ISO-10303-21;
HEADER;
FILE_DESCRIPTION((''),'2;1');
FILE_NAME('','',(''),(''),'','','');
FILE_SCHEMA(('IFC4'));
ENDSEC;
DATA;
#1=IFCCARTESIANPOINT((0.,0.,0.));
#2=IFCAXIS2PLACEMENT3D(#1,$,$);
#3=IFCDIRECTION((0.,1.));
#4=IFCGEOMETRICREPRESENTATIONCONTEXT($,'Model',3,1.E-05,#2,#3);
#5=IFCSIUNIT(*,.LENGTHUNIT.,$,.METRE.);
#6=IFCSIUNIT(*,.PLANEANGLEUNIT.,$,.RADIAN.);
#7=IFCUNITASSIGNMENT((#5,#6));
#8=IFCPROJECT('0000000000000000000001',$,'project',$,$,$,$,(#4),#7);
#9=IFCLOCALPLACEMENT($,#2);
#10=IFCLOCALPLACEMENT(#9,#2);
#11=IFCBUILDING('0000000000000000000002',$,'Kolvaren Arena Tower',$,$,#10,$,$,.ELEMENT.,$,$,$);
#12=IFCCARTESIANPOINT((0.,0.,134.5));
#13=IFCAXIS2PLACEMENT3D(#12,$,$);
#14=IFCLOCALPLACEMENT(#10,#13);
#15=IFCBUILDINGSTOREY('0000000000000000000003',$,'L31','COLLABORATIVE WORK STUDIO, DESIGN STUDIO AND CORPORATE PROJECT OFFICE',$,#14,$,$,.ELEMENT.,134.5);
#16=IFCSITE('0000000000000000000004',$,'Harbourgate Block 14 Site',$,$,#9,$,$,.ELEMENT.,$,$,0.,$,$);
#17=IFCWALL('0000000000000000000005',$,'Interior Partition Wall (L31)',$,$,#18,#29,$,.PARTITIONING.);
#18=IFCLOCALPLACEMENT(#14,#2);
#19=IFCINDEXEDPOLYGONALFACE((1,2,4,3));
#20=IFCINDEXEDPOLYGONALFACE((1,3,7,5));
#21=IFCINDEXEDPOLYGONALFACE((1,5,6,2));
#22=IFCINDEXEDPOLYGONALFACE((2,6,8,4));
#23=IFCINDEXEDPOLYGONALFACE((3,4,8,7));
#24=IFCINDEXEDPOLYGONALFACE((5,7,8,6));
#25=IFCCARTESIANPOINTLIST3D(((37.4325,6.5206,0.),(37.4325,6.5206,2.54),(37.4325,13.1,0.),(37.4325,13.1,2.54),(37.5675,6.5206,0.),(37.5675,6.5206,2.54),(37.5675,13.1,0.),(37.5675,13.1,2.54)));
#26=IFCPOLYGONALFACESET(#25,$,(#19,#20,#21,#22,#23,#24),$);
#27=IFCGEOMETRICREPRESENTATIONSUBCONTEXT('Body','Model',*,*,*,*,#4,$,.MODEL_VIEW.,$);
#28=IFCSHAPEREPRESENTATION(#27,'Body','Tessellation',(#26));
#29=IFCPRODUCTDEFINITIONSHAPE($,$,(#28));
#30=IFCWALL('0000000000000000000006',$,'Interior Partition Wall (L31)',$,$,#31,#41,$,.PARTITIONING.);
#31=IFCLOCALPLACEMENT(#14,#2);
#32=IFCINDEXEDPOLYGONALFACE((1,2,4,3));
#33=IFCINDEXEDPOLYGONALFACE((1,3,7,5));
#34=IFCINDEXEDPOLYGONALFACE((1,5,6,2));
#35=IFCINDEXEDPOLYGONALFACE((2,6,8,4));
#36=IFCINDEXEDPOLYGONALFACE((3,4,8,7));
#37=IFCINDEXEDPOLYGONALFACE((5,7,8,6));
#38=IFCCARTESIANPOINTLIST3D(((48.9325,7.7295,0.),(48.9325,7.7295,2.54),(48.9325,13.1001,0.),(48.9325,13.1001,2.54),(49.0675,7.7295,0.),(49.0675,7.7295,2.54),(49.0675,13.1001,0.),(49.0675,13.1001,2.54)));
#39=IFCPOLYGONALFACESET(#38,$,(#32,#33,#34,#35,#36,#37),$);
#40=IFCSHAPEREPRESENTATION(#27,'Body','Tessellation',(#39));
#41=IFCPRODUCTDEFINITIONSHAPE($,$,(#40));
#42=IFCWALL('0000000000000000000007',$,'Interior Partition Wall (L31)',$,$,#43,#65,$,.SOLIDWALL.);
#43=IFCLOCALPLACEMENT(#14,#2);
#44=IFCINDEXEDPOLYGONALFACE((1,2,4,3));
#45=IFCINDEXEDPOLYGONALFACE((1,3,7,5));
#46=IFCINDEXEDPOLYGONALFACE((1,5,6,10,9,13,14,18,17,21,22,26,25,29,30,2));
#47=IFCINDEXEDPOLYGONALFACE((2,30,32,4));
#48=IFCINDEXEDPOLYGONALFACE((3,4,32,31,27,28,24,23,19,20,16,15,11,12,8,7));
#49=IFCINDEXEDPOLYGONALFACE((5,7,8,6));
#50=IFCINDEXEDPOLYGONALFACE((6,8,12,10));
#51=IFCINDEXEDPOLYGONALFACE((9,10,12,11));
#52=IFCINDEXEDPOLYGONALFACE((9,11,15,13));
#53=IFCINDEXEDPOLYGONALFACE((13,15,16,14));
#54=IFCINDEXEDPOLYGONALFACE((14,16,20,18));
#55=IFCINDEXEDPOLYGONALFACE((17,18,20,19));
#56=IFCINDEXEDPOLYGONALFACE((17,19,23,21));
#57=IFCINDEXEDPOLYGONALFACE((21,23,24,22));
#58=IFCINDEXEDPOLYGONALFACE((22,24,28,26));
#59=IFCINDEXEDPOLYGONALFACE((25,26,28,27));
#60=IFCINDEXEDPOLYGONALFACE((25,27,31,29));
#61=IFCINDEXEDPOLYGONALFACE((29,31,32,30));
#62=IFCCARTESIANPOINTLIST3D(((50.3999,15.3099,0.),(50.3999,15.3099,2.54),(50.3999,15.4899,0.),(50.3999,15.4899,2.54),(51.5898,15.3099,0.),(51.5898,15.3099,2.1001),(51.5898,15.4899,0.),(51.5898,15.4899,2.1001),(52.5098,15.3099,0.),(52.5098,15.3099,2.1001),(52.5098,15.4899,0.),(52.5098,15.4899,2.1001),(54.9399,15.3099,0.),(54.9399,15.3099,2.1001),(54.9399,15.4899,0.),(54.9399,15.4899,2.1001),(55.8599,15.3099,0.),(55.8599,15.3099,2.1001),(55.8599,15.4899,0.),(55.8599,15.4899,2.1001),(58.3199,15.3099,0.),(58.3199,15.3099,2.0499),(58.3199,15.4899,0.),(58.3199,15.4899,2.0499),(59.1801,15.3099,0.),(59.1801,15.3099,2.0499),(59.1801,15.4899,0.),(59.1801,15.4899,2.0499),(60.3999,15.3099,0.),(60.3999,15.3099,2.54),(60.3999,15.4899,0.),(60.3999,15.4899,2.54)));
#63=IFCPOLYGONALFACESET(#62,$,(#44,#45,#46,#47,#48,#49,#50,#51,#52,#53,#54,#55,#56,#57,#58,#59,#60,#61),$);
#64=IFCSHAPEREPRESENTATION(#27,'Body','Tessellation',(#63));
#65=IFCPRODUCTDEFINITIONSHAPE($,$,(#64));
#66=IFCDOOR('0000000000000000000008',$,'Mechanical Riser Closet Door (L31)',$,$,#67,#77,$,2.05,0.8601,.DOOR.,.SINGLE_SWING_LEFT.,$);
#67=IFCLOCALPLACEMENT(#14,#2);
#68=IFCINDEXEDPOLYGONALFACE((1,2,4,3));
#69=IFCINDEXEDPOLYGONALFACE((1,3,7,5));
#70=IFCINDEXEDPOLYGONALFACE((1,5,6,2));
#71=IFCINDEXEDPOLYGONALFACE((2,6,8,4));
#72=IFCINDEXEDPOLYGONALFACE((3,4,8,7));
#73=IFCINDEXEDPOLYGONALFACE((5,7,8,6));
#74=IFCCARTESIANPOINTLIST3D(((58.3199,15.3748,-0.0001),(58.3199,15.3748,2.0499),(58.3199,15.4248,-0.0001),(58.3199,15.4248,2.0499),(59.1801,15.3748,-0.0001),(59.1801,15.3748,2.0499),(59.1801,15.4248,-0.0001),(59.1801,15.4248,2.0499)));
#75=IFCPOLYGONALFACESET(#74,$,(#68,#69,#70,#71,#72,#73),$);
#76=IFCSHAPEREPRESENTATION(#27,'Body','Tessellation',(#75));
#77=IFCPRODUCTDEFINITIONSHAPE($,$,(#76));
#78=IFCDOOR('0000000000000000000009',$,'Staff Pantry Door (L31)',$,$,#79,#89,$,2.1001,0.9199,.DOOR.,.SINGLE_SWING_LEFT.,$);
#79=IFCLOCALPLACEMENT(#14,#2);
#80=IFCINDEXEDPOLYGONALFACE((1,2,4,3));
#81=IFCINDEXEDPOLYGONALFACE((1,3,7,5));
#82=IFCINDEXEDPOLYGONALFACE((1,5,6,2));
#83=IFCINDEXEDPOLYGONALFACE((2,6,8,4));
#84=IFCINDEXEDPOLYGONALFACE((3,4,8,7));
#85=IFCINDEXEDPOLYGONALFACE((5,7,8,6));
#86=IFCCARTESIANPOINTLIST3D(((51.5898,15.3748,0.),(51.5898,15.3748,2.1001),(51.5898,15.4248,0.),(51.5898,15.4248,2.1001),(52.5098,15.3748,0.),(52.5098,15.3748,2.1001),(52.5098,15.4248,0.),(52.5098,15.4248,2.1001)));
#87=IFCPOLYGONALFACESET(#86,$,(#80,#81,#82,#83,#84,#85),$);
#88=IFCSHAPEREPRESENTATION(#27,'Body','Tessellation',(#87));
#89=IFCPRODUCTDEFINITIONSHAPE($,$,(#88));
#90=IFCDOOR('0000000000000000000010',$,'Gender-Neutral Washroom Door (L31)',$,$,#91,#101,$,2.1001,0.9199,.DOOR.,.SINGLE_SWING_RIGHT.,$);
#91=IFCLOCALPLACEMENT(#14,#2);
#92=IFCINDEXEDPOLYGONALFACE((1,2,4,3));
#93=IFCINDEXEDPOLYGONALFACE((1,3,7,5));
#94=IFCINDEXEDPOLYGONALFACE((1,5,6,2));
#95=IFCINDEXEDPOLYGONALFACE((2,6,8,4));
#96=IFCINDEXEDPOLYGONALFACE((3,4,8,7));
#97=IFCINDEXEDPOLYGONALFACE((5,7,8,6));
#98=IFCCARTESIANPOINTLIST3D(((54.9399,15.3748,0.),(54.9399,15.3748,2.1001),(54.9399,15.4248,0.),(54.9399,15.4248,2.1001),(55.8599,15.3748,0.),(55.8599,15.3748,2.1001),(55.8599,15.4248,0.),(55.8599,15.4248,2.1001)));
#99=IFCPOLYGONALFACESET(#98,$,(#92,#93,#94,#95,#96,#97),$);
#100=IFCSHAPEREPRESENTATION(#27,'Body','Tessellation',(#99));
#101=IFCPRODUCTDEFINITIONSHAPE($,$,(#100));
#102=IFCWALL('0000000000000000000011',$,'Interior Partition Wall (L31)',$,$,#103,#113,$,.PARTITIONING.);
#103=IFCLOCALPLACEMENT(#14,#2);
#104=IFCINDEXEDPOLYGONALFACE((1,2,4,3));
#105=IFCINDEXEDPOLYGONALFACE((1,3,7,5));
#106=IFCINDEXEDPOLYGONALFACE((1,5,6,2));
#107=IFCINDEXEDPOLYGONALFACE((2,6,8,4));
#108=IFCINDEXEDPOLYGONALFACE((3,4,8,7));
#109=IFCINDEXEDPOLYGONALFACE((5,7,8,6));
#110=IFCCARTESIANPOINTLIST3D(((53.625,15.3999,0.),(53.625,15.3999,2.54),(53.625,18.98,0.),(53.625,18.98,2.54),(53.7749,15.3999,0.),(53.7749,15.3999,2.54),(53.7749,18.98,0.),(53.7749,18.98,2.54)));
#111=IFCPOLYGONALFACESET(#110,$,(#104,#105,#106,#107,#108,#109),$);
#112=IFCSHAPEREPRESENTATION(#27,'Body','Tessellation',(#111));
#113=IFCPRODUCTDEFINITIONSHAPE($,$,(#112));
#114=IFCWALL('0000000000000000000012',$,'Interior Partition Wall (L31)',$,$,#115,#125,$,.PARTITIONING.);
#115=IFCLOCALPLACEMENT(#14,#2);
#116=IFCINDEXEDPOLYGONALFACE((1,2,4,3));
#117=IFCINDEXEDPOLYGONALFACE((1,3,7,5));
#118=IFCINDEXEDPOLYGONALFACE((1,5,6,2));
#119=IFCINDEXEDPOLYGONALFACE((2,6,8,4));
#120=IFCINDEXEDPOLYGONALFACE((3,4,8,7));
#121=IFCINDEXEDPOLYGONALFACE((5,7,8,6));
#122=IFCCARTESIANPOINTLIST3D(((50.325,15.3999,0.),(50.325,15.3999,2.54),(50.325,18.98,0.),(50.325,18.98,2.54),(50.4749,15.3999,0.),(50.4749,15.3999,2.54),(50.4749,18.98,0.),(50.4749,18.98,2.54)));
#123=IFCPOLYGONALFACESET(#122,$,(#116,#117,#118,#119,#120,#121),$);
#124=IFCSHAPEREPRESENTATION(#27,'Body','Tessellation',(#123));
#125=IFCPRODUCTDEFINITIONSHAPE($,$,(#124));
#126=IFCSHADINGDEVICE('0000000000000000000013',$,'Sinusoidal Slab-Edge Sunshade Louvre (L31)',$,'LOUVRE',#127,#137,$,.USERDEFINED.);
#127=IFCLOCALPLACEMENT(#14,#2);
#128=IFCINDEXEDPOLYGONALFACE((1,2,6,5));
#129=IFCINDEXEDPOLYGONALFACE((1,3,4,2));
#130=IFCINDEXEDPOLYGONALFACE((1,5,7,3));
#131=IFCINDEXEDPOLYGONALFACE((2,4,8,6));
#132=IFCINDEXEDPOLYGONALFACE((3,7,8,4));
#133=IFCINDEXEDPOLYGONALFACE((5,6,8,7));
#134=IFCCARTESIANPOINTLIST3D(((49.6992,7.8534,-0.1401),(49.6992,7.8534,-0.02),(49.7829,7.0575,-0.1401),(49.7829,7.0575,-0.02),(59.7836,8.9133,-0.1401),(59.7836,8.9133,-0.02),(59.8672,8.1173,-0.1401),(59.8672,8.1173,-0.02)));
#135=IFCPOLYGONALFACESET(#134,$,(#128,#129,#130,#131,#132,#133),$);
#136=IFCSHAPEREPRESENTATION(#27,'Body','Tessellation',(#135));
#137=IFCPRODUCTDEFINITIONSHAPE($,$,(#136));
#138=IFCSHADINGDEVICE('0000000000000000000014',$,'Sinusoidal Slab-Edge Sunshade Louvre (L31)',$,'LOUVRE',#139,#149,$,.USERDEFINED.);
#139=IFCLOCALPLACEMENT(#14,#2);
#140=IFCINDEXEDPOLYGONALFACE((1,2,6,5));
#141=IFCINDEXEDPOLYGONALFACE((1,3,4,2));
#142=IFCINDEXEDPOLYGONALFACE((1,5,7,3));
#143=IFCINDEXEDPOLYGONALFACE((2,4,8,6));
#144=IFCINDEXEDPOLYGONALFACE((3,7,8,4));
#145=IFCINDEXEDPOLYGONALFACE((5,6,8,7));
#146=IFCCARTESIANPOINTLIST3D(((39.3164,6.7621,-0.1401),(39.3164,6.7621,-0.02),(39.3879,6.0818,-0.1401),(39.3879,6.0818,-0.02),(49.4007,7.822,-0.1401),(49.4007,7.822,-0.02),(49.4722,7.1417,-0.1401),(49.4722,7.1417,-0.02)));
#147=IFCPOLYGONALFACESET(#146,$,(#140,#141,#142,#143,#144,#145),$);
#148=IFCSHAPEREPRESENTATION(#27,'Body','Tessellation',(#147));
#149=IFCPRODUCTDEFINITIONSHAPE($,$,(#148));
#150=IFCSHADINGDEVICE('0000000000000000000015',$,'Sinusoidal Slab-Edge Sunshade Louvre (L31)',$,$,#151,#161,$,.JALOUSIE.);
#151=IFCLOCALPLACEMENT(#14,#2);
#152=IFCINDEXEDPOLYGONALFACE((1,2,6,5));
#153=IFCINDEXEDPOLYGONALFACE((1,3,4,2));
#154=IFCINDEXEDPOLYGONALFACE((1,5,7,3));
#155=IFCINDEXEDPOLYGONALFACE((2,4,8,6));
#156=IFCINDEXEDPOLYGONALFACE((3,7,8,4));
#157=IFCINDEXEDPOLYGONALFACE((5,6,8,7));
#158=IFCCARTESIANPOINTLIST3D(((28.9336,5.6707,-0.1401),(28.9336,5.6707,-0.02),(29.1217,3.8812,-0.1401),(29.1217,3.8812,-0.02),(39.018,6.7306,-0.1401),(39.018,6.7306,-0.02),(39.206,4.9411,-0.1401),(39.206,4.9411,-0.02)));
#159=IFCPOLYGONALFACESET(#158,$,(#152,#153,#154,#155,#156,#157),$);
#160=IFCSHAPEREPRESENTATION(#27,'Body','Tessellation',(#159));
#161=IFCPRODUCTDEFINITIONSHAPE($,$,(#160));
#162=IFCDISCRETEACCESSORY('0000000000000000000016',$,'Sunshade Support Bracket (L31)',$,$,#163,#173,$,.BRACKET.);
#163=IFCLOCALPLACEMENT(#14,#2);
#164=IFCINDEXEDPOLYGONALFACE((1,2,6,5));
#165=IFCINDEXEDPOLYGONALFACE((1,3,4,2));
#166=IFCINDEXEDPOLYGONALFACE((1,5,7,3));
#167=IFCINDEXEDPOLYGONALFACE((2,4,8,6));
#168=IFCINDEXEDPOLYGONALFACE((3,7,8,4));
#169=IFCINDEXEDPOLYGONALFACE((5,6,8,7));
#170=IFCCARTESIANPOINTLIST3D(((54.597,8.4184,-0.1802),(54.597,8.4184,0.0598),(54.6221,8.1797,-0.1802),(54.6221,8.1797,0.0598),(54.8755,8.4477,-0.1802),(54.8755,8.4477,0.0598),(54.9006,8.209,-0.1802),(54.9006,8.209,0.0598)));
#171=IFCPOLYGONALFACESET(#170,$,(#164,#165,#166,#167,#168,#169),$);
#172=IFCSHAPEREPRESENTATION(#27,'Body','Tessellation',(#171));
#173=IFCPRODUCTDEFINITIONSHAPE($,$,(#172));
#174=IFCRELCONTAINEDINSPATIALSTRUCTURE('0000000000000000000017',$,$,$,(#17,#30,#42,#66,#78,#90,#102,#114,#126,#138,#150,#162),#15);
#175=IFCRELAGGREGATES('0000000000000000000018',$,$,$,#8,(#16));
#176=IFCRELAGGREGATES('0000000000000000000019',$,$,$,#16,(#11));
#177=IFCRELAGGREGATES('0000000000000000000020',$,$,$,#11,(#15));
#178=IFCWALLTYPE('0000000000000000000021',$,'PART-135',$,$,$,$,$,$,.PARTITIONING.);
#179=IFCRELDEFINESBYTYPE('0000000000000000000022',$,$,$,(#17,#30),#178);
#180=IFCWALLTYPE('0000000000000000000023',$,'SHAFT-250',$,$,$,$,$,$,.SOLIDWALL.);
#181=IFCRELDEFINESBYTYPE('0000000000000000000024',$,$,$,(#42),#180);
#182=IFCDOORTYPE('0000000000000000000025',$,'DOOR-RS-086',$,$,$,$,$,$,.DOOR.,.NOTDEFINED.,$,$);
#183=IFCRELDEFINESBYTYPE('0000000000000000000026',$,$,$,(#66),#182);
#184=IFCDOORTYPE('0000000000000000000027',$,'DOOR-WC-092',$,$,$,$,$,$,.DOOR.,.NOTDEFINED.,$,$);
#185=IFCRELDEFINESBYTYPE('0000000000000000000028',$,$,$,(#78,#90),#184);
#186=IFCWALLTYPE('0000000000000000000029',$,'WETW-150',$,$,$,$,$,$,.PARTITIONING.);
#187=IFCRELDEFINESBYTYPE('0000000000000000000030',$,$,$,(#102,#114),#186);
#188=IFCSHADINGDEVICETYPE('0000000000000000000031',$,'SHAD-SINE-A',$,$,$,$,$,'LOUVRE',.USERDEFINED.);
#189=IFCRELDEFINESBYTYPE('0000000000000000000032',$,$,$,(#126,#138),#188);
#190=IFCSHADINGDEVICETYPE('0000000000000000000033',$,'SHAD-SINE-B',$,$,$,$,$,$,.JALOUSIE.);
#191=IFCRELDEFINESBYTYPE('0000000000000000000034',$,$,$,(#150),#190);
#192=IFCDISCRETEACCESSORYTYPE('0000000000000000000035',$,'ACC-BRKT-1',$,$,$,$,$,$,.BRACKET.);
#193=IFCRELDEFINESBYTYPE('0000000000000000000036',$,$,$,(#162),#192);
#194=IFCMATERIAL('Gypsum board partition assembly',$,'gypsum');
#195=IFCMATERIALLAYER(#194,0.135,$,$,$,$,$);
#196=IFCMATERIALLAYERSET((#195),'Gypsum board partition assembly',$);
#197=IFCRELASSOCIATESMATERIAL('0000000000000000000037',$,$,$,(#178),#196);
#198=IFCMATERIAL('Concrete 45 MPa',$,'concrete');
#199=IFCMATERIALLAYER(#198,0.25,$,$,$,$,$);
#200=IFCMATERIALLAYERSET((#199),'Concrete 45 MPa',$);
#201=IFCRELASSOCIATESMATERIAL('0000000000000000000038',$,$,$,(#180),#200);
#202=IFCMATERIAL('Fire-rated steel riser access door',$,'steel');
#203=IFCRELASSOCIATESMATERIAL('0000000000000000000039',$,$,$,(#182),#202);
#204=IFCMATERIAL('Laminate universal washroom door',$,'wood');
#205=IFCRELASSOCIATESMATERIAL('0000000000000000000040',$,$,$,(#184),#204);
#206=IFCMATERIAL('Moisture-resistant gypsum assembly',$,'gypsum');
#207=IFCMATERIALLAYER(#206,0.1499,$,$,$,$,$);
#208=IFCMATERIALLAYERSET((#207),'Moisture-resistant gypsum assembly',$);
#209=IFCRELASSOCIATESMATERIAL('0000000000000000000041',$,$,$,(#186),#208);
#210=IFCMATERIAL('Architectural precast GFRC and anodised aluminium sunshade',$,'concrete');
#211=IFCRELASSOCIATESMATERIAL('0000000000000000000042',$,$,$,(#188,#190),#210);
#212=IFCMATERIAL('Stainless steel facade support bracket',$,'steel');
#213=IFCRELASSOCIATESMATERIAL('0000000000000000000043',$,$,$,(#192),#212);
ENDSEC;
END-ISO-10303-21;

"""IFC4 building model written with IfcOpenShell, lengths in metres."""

from ifc_helpers import new_model, si_unit, direction, frame, frame_2d, origin, origin_2d, place, context, subcontext, project, spatial, rectangle, extrude, material, layer, layer_set, type_object, element, fill, save


model = new_model("IFC4")

# Units and contexts
model_context = context("Model", 3, precision=1e-05, world=origin(), true_north=direction((0.0, 1.0)))
body_context = subcontext(model_context, "Body", "Model", "MODEL_VIEW")
ifc_project = project(units=[si_unit("LENGTHUNIT", "METRE"), si_unit("PLANEANGLEUNIT", "RADIAN")], contexts=[model_context])

# Site, building, storey
site_placement = place(None, origin())
site = spatial("IfcSite", under=ifc_project, at=site_placement, Name="Harbourgate Block 14 Site", CompositionType="ELEMENT", RefElevation=0.0)
building_placement = place(site_placement, origin())
building = spatial("IfcBuilding", under=site, at=building_placement, Name="Kolvaren Arena Tower", CompositionType="ELEMENT")
storey_placement = place(building_placement, frame((0.0, 0.0, 134.5)))
storey = spatial("IfcBuildingStorey", under=building, at=storey_placement, Name="L31", Description="COLLABORATIVE WORK STUDIO, DESIGN STUDIO AND CORPORATE PROJECT OFFICE", CompositionType="ELEMENT", Elevation=134.5)

# Walls
ifc_material_1 = material(Name="Gypsum board partition assembly", Category="gypsum")
ifc_layer_1 = layer(ifc_material_1, 0.135)
ifc_layer_set_1 = layer_set([ifc_layer_1], Name="Gypsum board partition assembly")
wall_type_1 = type_object("IfcWallType", Name="PART-135", PredefinedType="PARTITIONING", material=ifc_layer_set_1)
wall_1_placement = place(storey_placement, frame((37.5, 6.5208, 0.0), z_axis=(0.0, 0.0, 1.0), x_axis=(0.0, 1.0, 0.0)))
element("IfcWall", 1, at=wall_1_placement, inside=storey, type_object=wall_type_1, Name="Interior Partition Wall (L31)", PredefinedType="PARTITIONING", context=body_context, shape_type="SweptSolid", body=[
    extrude(rectangle(XDim=6.5793, YDim=0.135, at=frame_2d((3.2896, 0.0))), origin(), (0.0, 0.0, 1.0), 2.54),
])
wall_2_placement = place(storey_placement, frame((49.0, 7.7295, 0.0), z_axis=(0.0, 0.0, 1.0), x_axis=(0.0, 1.0, 0.0)))
element("IfcWall", 2, at=wall_2_placement, inside=storey, type_object=wall_type_1, Name="Interior Partition Wall (L31)", PredefinedType="PARTITIONING", context=body_context, shape_type="SweptSolid", body=[
    extrude(rectangle(XDim=5.3706, YDim=0.135, at=frame_2d((2.6853, 0.0))), origin(), (0.0, 0.0, 1.0), 2.54),
])

# Wall, openings, doors
ifc_material_2 = material(Name="Concrete 45 MPa", Category="concrete")
ifc_layer_2 = layer(ifc_material_2, 0.25)
ifc_layer_set_2 = layer_set([ifc_layer_2], Name="Concrete 45 MPa")
wall_type_2 = type_object("IfcWallType", Name="SHAFT-250", PredefinedType="SOLIDWALL", material=ifc_layer_set_2)
wall_3_placement = place(storey_placement, frame((50.3999, 15.3999, 0.0), z_axis=(0.0, 0.0, 1.0), x_axis=(1.0, 0.0, 0.0)))
wall_3 = element("IfcWall", 3, at=wall_3_placement, inside=storey, type_object=wall_type_2, Name="Interior Partition Wall (L31)", PredefinedType="SOLIDWALL", context=body_context, shape_type="SweptSolid", body=[
    extrude(rectangle(XDim=10.0, YDim=0.1799, at=frame_2d((5.0, 0.0))), origin(), (0.0, 0.0, 1.0), 2.54),
])
opening_1_placement = place(wall_3_placement, frame((1.1899, 0.0, 0.0)))
opening_1 = element("IfcOpeningElement", 4, at=opening_1_placement, cuts=wall_3, PredefinedType="OPENING", context=body_context, shape_type="SweptSolid", body=[
    extrude(rectangle(XDim=0.9199, YDim=2.1001, at=frame_2d((0.46, 1.05))), frame((0.0, 0.0999, 0.0), z_axis=(0.0, -1.0, 0.0), x_axis=(1.0, 0.0, 0.0)), (0.0, 0.0, 1.0), 0.2),
])
opening_2_placement = place(wall_3_placement, frame((4.54, 0.0, 0.0)))
opening_2 = element("IfcOpeningElement", 5, at=opening_2_placement, cuts=wall_3, PredefinedType="OPENING", context=body_context, shape_type="SweptSolid", body=[
    extrude(rectangle(XDim=0.9199, YDim=2.1001, at=frame_2d((0.46, 1.05))), frame((0.0, 0.0999, 0.0), z_axis=(0.0, -1.0, 0.0), x_axis=(1.0, 0.0, 0.0)), (0.0, 0.0, 1.0), 0.2),
])
opening_3_placement = place(wall_3_placement, frame((7.9199, 0.0, 0.0)))
opening_3 = element("IfcOpeningElement", 6, at=opening_3_placement, cuts=wall_3, PredefinedType="OPENING", context=body_context, shape_type="SweptSolid", body=[
    extrude(rectangle(XDim=0.8601, YDim=2.05, at=frame_2d((0.4302, 1.0249))), frame((0.0, 0.0999, 0.0), z_axis=(0.0, -1.0, 0.0), x_axis=(1.0, 0.0, 0.0)), (0.0, 0.0, 1.0), 0.2),
])
ifc_material_3 = material(Name="Fire-rated steel riser access door", Category="steel")
door_type_1 = type_object("IfcDoorType", Name="DOOR-RS-086", OperationType="NOTDEFINED", PredefinedType="DOOR", material=ifc_material_3)
door_1_placement = place(opening_3_placement, origin())
door_1 = element("IfcDoor", 7, at=door_1_placement, inside=storey, type_object=door_type_1, Name="Mechanical Riser Closet Door (L31)", OperationType="SINGLE_SWING_LEFT", OverallHeight=2.05, OverallWidth=0.8601, PredefinedType="DOOR", context=body_context, shape_type="SweptSolid", body=[
    extrude(rectangle(XDim=0.8601, YDim=2.05, at=frame_2d((0.4302, 1.0249))), frame((0.0, 0.0249, 0.0), z_axis=(0.0, -1.0, 0.0), x_axis=(1.0, 0.0, 0.0)), (0.0, 0.0, 1.0), 0.05),
])
fill(opening_3, door_1)
ifc_material_4 = material(Name="Laminate universal washroom door", Category="wood")
door_type_2 = type_object("IfcDoorType", Name="DOOR-WC-092", OperationType="NOTDEFINED", PredefinedType="DOOR", material=ifc_material_4)
door_2_placement = place(opening_1_placement, origin())
door_2 = element("IfcDoor", 8, at=door_2_placement, inside=storey, type_object=door_type_2, Name="Staff Pantry Door (L31)", OperationType="SINGLE_SWING_LEFT", OverallHeight=2.1001, OverallWidth=0.9199, PredefinedType="DOOR", context=body_context, shape_type="SweptSolid", body=[
    extrude(rectangle(XDim=0.9199, YDim=2.1001, at=frame_2d((0.46, 1.05))), frame((0.0, 0.0249, 0.0), z_axis=(0.0, -1.0, 0.0), x_axis=(1.0, 0.0, 0.0)), (0.0, 0.0, 1.0), 0.05),
])
fill(opening_1, door_2)
door_3_placement = place(opening_2_placement, origin())
door_3 = element("IfcDoor", 9, at=door_3_placement, inside=storey, type_object=door_type_2, Name="Gender-Neutral Washroom Door (L31)", OperationType="SINGLE_SWING_RIGHT", OverallHeight=2.1001, OverallWidth=0.9199, PredefinedType="DOOR", context=body_context, shape_type="SweptSolid", body=[
    extrude(rectangle(XDim=0.9199, YDim=2.1001, at=frame_2d((0.46, 1.05))), frame((0.0, 0.0249, 0.0), z_axis=(0.0, -1.0, 0.0), x_axis=(1.0, 0.0, 0.0)), (0.0, 0.0, 1.0), 0.05),
])
fill(opening_2, door_3)

# Walls
ifc_material_5 = material(Name="Moisture-resistant gypsum assembly", Category="gypsum")
ifc_layer_3 = layer(ifc_material_5, 0.1499)
ifc_layer_set_3 = layer_set([ifc_layer_3], Name="Moisture-resistant gypsum assembly")
wall_type_3 = type_object("IfcWallType", Name="WETW-150", PredefinedType="PARTITIONING", material=ifc_layer_set_3)
for number, where, z_axis, x_axis, name in (
    (10, (53.7, 15.3999, 0.0), (0.0, 0.0, 1.0), (0.0, 1.0, 0.0), "Interior Partition Wall (L31)"),
    (11, (50.3999, 15.3999, 0.0), (0.0, 0.0, 1.0), (0.0, 1.0, 0.0), "Interior Partition Wall (L31)"),
):
    element("IfcWall", number, at=place(storey_placement, frame(where, z_axis=z_axis, x_axis=x_axis)), inside=storey, type_object=wall_type_3, Name=name, PredefinedType="PARTITIONING", context=body_context, shape_type="SweptSolid", body=[
        extrude(rectangle(XDim=3.5801, YDim=0.1499, at=frame_2d((1.79, 0.0))), origin(), (0.0, 0.0, 1.0), 2.54),
    ])

# Shading devices
ifc_material_6 = material(Name="Architectural precast GFRC and anodised aluminium sunshade", Category="concrete")
shading_device_type_1 = type_object("IfcShadingDeviceType", Name="SHAD-SINE-A", ElementType="LOUVRE", PredefinedType="USERDEFINED", material=ifc_material_6)
shading_device_1_placement = place(storey_placement, frame((54.7832, 7.9854, -0.1401), z_axis=(0.0, 0.0, 1.0), x_axis=(-0.994522, -0.104527, 0.0)))
element("IfcShadingDevice", 12, at=shading_device_1_placement, inside=storey, type_object=shading_device_type_1, Name="Sinusoidal Slab-Edge Sunshade Louvre (L31)", ObjectType="LOUVRE", PredefinedType="USERDEFINED", context=body_context, shape_type="SweptSolid", body=[
    extrude(rectangle(XDim=10.1399, YDim=0.8003, at=origin_2d()), origin(), (0.0, 0.0, 1.0), 0.1201),
])
shading_device_2_placement = place(storey_placement, frame((44.3943, 6.9519, -0.1401), z_axis=(0.0, 0.0, 1.0), x_axis=(-0.994522, -0.104527, 0.0)))
element("IfcShadingDevice", 13, at=shading_device_2_placement, inside=storey, type_object=shading_device_type_1, Name="Sinusoidal Slab-Edge Sunshade Louvre (L31)", ObjectType="LOUVRE", PredefinedType="USERDEFINED", context=body_context, shape_type="SweptSolid", body=[
    extrude(rectangle(XDim=10.1399, YDim=0.6841, at=origin_2d()), origin(), (0.0, 0.0, 1.0), 0.1201),
])
shading_device_type_2 = type_object("IfcShadingDeviceType", Name="SHAD-SINE-B", PredefinedType="JALOUSIE", material=ifc_material_6)
shading_device_3_placement = place(storey_placement, frame((34.0698, 5.3059, -0.1401), z_axis=(0.0, 0.0, 1.0), x_axis=(-0.994522, -0.104527, 0.0)))
element("IfcShadingDevice", 14, at=shading_device_3_placement, inside=storey, type_object=shading_device_type_2, Name="Sinusoidal Slab-Edge Sunshade Louvre (L31)", PredefinedType="JALOUSIE", context=body_context, shape_type="SweptSolid", body=[
    extrude(rectangle(XDim=10.1399, YDim=1.7993, at=origin_2d()), origin(), (0.0, 0.0, 1.0), 0.1201),
])

# Discrete accessory
ifc_material_7 = material(Name="Stainless steel facade support bracket", Category="steel")
discrete_accessory_type = type_object("IfcDiscreteAccessoryType", Name="ACC-BRKT-1", PredefinedType="BRACKET", material=ifc_material_7)
for number, where, z_axis, x_axis, name in (
    (15, (54.7488, 8.3137, -0.1802), (0.0, 0.0, 1.0), (-0.994522, -0.104527, 0.0), "Sunshade Support Bracket (L31)"),
):
    element("IfcDiscreteAccessory", number, at=place(storey_placement, frame(where, z_axis=z_axis, x_axis=x_axis)), inside=storey, type_object=discrete_accessory_type, Name=name, PredefinedType="BRACKET", context=body_context, shape_type="SweptSolid", body=[
        extrude(rectangle(XDim=0.28, YDim=0.24, at=origin_2d()), origin(), (0.0, 0.0, 1.0), 0.24),
    ])

save(model, "model.ifc")
